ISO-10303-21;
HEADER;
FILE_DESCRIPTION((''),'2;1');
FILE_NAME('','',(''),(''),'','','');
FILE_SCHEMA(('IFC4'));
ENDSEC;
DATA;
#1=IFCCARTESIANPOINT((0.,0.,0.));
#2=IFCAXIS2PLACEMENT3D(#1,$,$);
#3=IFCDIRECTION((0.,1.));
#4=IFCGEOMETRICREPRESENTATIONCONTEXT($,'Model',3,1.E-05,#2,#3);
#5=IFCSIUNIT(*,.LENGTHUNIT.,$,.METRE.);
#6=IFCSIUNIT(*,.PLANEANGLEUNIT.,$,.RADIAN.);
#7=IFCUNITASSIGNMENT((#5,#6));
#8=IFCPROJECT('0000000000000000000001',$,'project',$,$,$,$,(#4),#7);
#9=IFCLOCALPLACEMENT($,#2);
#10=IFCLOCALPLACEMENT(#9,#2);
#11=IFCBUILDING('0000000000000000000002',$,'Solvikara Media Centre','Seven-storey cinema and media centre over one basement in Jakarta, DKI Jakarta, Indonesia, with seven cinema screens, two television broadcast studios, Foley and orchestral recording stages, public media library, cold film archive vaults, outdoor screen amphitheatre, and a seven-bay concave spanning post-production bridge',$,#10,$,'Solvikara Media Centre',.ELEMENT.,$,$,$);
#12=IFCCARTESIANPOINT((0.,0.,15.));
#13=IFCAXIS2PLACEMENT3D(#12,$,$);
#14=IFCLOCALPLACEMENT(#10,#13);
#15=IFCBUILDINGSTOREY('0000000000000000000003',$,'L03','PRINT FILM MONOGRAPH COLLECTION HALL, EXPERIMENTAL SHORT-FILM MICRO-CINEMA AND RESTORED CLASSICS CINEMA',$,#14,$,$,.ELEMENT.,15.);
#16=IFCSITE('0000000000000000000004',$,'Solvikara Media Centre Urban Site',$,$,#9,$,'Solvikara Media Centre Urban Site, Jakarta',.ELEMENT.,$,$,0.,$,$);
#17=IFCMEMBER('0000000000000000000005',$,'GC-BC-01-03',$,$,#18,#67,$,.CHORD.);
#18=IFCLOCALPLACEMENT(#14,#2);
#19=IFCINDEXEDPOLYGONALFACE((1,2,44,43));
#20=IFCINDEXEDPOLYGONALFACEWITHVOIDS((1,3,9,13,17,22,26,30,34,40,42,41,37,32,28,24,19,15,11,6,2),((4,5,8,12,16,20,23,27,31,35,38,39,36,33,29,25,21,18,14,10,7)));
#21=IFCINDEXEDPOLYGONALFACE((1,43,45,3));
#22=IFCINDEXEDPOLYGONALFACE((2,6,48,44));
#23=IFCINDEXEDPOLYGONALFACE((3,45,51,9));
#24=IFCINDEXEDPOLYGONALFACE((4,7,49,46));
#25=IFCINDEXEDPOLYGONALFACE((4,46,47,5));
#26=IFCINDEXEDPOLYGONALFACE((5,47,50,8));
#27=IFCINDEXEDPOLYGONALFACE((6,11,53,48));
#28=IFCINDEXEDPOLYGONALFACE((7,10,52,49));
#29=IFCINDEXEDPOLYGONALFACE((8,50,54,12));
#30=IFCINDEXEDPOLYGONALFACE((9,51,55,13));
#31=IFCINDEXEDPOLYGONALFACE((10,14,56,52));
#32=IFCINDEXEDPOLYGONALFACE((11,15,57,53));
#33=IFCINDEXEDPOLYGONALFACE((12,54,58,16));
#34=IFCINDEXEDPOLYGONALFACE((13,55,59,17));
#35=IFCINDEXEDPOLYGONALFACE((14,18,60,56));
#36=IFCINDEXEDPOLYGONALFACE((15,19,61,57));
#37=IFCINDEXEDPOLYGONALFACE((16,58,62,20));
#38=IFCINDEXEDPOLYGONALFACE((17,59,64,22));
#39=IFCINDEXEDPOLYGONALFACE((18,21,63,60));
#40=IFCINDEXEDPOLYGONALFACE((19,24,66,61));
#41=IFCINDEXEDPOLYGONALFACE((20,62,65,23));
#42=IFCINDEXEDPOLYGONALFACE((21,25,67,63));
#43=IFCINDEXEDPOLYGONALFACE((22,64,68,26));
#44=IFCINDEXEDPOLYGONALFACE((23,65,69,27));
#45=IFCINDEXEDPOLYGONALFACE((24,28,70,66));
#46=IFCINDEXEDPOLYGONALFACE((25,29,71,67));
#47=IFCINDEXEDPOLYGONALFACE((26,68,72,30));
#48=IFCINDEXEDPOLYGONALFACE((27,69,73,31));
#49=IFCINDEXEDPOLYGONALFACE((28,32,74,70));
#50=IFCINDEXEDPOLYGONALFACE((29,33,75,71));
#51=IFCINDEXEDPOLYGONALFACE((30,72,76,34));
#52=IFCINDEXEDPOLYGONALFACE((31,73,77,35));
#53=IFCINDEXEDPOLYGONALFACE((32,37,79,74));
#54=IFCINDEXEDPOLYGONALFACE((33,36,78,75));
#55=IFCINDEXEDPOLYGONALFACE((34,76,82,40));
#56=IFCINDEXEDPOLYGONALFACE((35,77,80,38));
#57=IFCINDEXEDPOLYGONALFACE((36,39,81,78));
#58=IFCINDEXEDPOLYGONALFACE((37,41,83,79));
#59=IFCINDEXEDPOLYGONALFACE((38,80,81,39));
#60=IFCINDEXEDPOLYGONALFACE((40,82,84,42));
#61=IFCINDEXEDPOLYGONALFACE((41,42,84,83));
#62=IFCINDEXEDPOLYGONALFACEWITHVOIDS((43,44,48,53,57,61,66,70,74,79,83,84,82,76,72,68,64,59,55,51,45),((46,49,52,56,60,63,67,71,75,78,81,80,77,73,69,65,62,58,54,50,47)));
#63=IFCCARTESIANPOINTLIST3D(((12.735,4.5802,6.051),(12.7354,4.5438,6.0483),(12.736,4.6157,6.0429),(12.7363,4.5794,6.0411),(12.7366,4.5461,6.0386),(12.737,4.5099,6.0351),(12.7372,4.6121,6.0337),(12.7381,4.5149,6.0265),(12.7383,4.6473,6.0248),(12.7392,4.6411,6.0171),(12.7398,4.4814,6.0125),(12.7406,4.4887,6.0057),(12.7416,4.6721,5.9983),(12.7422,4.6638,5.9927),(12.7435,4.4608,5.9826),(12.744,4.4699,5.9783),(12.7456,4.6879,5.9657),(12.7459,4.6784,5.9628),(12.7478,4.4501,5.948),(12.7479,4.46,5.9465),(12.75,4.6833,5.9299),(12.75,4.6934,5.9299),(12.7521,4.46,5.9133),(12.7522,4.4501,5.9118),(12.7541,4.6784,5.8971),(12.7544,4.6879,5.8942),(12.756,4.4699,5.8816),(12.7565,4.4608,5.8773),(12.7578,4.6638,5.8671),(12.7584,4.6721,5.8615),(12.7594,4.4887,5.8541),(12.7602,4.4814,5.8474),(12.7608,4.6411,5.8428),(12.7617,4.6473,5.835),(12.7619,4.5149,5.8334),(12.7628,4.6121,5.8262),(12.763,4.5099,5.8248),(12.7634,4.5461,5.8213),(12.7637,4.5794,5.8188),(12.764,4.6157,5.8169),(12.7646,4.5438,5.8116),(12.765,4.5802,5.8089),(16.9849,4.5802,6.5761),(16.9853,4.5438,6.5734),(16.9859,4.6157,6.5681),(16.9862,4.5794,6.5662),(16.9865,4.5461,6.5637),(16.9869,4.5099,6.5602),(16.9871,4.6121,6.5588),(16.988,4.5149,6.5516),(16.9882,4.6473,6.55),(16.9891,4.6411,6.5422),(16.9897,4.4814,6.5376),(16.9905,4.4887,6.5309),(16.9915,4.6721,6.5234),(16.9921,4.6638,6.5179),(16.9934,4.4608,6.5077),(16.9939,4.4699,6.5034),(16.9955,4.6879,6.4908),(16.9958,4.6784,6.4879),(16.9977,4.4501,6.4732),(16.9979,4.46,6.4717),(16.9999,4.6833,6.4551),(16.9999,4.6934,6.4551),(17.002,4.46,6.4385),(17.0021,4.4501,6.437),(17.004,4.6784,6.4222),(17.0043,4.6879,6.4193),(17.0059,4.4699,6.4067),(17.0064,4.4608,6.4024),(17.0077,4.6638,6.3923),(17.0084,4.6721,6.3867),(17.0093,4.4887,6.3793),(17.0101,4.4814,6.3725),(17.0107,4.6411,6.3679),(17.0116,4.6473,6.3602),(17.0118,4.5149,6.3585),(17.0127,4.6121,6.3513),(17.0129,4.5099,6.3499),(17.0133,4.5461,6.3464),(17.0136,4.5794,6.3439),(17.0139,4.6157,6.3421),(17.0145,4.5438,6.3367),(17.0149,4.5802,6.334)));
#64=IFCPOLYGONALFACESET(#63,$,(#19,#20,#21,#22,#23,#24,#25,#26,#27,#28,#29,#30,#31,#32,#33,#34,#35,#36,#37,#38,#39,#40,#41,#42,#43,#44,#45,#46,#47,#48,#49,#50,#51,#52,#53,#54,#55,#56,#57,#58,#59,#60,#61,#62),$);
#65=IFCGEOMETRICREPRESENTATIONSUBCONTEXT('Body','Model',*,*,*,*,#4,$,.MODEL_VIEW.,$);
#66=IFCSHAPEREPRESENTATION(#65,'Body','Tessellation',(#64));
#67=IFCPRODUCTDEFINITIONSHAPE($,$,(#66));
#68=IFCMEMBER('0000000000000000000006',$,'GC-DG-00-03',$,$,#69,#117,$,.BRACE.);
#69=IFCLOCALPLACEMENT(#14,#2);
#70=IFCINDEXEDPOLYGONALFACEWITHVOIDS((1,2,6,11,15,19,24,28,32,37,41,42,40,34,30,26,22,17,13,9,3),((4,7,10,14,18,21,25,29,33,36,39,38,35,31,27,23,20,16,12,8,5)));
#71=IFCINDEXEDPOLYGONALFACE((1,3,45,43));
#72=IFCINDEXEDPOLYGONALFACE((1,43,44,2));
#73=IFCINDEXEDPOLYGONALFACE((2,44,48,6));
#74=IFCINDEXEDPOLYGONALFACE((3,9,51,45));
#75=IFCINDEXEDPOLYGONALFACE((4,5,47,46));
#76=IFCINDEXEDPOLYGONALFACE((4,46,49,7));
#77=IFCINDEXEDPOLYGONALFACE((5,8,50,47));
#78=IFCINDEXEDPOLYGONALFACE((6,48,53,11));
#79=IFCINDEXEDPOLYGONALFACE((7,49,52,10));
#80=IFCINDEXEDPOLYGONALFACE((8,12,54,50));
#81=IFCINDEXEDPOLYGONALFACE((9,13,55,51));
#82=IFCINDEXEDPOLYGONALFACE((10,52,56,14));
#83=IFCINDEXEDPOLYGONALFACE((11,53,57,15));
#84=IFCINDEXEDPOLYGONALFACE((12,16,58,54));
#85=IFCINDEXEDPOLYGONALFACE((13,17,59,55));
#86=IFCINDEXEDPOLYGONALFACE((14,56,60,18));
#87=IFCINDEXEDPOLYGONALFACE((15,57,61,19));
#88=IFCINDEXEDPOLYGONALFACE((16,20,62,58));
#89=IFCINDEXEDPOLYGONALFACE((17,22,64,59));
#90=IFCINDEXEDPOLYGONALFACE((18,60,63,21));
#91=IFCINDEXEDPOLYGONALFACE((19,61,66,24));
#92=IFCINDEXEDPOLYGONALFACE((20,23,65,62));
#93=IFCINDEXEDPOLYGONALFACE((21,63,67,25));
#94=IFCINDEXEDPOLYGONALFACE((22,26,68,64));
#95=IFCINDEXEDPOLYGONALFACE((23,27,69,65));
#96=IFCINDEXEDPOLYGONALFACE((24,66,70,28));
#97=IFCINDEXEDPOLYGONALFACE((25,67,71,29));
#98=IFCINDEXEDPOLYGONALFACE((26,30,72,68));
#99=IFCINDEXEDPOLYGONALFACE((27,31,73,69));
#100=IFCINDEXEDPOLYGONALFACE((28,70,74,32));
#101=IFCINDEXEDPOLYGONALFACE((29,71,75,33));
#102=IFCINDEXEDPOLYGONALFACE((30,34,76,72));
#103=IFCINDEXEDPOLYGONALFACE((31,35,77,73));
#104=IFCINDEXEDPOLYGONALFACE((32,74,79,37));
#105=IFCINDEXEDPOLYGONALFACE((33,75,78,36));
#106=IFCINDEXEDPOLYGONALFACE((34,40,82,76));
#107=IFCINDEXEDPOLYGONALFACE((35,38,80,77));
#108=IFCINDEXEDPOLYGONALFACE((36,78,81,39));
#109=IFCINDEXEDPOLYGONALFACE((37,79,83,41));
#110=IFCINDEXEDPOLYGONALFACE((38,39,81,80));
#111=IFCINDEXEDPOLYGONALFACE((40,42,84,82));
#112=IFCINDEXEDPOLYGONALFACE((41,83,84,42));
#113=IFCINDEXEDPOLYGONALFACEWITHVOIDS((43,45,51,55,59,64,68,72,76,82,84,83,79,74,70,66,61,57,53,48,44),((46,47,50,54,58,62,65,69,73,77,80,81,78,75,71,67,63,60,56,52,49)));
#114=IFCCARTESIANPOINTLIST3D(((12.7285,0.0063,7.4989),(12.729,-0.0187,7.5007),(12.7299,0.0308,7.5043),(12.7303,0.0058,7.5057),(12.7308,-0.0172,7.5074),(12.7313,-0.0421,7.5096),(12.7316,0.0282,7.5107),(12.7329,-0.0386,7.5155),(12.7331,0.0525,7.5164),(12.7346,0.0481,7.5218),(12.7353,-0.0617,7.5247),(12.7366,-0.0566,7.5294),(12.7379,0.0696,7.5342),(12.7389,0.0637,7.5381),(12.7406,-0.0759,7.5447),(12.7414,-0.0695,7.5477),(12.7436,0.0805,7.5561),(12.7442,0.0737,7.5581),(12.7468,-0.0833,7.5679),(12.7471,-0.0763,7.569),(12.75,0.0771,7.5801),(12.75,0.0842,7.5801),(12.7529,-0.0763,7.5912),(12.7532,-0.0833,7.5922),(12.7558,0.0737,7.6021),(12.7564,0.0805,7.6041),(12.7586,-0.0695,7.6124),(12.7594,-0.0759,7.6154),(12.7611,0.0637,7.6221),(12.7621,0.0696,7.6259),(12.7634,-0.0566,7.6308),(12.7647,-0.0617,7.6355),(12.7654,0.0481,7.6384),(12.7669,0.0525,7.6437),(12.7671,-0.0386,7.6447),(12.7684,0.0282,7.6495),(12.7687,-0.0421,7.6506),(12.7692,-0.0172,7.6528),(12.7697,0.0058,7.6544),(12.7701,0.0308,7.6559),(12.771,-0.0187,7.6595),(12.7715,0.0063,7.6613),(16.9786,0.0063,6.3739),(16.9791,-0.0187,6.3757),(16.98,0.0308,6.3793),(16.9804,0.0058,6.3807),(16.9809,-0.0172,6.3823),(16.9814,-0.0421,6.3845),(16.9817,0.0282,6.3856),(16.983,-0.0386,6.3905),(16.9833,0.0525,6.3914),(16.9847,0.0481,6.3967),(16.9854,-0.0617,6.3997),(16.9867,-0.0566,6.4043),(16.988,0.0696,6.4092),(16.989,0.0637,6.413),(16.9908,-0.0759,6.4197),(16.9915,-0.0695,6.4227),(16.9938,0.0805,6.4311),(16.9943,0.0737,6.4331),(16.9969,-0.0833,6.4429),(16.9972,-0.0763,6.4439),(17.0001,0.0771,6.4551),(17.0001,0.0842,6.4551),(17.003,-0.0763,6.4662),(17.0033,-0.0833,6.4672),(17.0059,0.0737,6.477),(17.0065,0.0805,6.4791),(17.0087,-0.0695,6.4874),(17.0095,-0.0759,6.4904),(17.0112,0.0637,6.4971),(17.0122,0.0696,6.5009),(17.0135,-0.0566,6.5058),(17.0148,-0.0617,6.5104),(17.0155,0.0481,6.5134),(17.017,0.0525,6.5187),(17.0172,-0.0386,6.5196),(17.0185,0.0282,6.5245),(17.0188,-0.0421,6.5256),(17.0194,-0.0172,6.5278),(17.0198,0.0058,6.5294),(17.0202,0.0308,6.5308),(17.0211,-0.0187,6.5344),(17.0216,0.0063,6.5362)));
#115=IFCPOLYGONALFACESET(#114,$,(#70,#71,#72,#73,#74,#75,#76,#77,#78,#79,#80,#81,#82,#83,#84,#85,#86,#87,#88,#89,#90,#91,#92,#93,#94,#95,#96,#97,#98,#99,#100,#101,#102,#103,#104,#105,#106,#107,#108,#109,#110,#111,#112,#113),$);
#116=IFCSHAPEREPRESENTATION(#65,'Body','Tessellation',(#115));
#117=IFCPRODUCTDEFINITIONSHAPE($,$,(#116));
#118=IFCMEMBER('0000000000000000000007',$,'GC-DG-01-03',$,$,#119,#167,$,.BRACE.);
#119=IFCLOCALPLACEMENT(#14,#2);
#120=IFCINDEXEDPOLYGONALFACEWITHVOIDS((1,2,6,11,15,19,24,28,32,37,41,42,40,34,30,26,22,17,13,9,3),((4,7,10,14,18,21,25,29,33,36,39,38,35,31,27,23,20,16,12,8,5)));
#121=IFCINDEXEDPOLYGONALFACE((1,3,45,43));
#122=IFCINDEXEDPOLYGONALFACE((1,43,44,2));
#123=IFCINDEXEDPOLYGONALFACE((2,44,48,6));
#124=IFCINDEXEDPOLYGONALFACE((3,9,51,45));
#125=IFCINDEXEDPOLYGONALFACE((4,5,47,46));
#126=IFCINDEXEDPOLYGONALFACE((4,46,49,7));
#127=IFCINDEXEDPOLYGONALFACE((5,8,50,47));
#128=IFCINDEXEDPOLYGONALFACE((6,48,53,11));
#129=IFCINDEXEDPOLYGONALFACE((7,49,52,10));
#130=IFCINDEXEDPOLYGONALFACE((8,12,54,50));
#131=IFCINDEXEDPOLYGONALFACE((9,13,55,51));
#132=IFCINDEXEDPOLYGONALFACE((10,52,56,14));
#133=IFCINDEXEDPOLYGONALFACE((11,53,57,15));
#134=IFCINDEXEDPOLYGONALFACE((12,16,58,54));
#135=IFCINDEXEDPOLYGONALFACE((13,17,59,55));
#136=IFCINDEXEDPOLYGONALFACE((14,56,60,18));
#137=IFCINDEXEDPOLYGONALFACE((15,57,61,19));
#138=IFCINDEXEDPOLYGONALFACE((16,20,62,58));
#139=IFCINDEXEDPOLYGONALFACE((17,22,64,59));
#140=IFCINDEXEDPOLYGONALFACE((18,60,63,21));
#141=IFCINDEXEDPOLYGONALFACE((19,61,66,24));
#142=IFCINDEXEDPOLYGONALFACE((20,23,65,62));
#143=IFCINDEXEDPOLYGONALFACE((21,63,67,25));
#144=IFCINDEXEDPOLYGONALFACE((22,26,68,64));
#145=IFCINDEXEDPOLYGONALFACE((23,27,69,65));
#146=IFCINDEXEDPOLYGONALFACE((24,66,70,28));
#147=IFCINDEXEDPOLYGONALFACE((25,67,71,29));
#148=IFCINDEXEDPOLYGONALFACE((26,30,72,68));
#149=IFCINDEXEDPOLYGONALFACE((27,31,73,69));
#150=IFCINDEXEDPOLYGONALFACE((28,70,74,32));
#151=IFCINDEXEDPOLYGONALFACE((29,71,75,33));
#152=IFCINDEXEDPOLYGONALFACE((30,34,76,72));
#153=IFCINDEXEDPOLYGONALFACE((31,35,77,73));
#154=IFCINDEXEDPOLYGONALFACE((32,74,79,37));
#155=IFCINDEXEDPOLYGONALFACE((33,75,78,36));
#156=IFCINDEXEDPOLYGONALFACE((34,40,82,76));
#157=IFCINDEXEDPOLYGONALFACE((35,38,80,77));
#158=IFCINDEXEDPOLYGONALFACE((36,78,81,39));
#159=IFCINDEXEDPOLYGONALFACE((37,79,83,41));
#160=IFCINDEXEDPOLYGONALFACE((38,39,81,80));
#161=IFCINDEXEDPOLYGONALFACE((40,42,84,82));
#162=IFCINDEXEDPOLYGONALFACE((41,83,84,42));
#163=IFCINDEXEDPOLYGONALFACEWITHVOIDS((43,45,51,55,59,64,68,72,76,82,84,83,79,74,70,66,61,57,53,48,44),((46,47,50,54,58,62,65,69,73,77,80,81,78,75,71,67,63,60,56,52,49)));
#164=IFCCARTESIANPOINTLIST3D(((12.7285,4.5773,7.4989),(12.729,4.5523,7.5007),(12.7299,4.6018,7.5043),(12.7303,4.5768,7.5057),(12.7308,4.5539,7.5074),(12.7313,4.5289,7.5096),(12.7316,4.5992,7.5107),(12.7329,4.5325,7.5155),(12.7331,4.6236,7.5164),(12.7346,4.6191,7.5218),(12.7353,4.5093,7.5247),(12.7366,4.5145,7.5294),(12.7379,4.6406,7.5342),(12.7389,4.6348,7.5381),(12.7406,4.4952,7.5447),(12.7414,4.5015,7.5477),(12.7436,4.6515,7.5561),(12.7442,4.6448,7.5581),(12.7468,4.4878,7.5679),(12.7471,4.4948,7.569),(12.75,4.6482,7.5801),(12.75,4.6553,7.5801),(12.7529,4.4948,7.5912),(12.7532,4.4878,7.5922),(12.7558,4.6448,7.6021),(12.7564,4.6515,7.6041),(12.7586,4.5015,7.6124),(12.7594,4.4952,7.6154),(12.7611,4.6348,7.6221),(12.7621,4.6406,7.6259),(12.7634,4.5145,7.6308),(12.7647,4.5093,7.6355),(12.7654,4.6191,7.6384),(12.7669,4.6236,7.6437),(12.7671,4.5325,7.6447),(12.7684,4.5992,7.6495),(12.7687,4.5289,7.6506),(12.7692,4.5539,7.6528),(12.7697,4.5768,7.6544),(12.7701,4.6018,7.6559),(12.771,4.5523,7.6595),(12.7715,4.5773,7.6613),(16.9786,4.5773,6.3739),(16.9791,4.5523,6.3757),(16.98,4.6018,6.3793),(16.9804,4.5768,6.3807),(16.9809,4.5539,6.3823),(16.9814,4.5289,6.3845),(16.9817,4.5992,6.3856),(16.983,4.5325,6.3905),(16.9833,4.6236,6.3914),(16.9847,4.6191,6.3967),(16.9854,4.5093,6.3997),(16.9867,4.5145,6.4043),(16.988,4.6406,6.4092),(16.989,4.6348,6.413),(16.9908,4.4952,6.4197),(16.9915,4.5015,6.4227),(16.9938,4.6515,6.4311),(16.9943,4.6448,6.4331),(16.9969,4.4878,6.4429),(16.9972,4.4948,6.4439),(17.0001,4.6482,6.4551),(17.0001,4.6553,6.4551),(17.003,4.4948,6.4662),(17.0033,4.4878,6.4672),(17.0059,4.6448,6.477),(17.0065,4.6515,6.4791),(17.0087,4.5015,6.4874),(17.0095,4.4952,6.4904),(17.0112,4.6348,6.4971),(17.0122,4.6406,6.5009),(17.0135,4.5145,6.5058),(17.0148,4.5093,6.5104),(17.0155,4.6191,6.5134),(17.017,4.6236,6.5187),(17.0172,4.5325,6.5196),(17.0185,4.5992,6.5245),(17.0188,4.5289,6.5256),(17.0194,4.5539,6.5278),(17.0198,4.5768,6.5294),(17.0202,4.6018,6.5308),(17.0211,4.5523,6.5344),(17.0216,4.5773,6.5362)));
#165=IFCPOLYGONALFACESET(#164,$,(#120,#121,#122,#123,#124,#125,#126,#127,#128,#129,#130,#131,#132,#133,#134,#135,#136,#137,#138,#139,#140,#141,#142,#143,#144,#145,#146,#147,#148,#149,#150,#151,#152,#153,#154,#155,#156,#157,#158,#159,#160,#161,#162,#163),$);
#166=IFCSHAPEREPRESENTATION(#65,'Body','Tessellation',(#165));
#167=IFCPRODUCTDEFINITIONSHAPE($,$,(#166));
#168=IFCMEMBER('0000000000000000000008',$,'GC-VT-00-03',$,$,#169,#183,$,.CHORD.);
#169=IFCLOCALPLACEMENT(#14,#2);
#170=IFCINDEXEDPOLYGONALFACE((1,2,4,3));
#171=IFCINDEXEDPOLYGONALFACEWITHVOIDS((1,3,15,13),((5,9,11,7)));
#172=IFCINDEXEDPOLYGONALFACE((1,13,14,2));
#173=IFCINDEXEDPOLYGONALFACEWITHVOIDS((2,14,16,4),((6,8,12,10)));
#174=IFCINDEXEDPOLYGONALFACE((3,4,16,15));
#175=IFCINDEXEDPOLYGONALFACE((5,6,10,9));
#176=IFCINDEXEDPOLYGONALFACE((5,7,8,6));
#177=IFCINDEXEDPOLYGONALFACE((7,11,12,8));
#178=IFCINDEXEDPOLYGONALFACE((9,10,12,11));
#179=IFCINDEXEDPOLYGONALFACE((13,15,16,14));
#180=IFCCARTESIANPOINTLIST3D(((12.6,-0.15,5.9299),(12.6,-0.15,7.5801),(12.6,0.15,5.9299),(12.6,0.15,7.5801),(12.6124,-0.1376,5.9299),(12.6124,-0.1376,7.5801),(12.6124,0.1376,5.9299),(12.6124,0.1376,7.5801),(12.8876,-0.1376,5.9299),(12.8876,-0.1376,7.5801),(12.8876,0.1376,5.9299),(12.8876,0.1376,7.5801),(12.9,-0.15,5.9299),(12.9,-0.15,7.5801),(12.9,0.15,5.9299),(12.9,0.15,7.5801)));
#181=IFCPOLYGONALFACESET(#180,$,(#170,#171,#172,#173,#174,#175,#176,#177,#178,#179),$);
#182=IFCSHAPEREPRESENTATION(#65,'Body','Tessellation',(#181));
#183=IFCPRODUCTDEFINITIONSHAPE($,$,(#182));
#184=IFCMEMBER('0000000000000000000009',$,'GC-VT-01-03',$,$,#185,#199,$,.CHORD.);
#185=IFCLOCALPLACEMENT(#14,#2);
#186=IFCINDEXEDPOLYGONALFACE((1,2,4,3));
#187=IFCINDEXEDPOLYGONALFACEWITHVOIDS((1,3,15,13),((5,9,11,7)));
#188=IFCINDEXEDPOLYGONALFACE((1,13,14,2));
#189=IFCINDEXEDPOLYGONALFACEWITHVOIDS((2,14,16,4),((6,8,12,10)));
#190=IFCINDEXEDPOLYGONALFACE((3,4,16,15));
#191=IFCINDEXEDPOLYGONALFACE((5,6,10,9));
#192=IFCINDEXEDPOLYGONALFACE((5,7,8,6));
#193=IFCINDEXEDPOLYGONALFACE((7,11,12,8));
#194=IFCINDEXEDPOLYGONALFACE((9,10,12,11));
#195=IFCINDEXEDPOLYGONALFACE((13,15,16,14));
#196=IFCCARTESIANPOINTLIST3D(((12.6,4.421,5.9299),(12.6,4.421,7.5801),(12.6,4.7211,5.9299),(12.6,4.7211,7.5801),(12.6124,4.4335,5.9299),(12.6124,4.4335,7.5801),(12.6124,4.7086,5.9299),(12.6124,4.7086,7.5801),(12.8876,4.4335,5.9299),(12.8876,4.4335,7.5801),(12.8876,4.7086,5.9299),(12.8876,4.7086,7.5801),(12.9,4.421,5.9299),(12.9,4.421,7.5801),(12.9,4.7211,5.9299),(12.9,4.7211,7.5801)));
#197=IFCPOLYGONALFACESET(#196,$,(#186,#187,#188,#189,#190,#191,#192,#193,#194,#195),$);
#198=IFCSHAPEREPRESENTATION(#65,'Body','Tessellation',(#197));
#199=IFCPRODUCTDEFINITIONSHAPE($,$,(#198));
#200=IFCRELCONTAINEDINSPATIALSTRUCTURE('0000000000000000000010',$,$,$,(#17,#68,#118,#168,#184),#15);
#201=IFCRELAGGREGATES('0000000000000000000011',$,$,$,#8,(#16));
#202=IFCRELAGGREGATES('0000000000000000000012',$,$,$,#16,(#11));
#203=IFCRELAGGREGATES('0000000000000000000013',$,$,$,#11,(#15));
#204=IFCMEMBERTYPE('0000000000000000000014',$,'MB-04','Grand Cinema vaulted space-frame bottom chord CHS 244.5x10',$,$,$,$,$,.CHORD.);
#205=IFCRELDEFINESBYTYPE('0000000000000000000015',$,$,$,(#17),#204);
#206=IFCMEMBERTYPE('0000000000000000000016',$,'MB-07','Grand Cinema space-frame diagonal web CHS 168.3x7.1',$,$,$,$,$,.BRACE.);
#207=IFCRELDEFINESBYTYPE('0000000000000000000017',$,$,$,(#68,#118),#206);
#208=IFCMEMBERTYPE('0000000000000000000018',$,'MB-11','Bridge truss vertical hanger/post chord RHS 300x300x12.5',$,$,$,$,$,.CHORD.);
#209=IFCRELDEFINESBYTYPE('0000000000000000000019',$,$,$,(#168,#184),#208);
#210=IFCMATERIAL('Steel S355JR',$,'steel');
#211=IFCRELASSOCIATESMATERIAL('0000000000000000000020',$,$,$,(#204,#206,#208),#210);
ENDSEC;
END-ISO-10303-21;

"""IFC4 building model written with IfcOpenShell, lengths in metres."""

from ifc_helpers import new_model, si_unit, direction, frame, origin, origin_2d, place, context, subcontext, project, spatial, hollow_rectangle, hollow_circle, extrude, material, material_profile, profile_set, type_object, element, save


model = new_model("IFC4")

# Units and contexts
model_context = context("Model", 3, precision=1e-05, world=origin(), true_north=direction((0.0, 1.0)))
body_context = subcontext(model_context, "Body", "Model", "MODEL_VIEW")
ifc_project = project(units=[si_unit("LENGTHUNIT", "METRE"), si_unit("PLANEANGLEUNIT", "RADIAN")], contexts=[model_context])

# Site, building, storey
site_placement = place(None, origin())
site = spatial("IfcSite", under=ifc_project, at=site_placement, Name="Solvikara Media Centre Urban Site", LongName="Solvikara Media Centre Urban Site, Jakarta", CompositionType="ELEMENT", RefElevation=0.0)
building_placement = place(site_placement, origin())
building = spatial("IfcBuilding", under=site, at=building_placement, Name="Solvikara Media Centre", Description="Seven-storey cinema and media centre over one basement in Jakarta, DKI Jakarta, Indonesia, with seven cinema screens, two television broadcast studios, Foley and orchestral recording stages, public media library, cold film archive vaults, outdoor screen amphitheatre, and a seven-bay concave spanning post-production bridge", LongName="Solvikara Media Centre", CompositionType="ELEMENT")
storey_placement = place(building_placement, frame((0.0, 0.0, 15.0)))
storey = spatial("IfcBuildingStorey", under=building, at=storey_placement, Name="L03", Description="PRINT FILM MONOGRAPH COLLECTION HALL, EXPERIMENTAL SHORT-FILM MICRO-CINEMA AND RESTORED CLASSICS CINEMA", CompositionType="ELEMENT", Elevation=15.0)

# Members
ifc_material_1 = material(Name="Steel S355JR", Category="steel")
ifc_material_profile_1 = material_profile(ifc_material_1, hollow_circle(Radius=0.1223, WallThickness=0.01, at=origin_2d()), Name="CHS 244.5x10")
ifc_profile_set_1 = profile_set([ifc_material_profile_1], Name="Steel S355JR")
member_type_1 = type_object("IfcMemberType", Name="MB-04", Description="Grand Cinema vaulted space-frame bottom chord CHS 244.5x10", PredefinedType="CHORD", material=ifc_profile_set_1)
for number, where, z_axis, x_axis, name in (
    (1, (12.75, 4.571, 5.9299), (0.992452, 0.0, 0.122631), (0.0, 1.0, 0.0), "GC-BC-01-03"),
):
    element("IfcMember", number, at=place(storey_placement, frame(where, z_axis=z_axis, x_axis=x_axis)), inside=storey, type_object=member_type_1, Name=name, PredefinedType="CHORD", context=body_context, shape_type="SweptSolid", body=[
        extrude(hollow_circle(Radius=0.1223, WallThickness=0.01, at=origin_2d()), origin(), (0.0, 0.0, 1.0), 4.2822),
    ])
ifc_material_profile_2 = material_profile(ifc_material_1, hollow_circle(Radius=0.0842, WallThickness=0.0071, at=origin_2d()), Name="CHS 168.3x7.1")
ifc_profile_set_2 = profile_set([ifc_material_profile_2], Name="Steel S355JR")
member_type_2 = type_object("IfcMemberType", Name="MB-07", Description="Grand Cinema space-frame diagonal web CHS 168.3x7.1", PredefinedType="BRACE", material=ifc_profile_set_2)
for number, where, z_axis, x_axis, name in (
    (2, (12.75, 0.0, 7.5801), (0.966705, 0.0, -0.255893), (0.0, 1.0, 0.0), "GC-DG-00-03"),
    (3, (12.75, 4.571, 7.5801), (0.966705, 0.0, -0.255893), (0.0, 1.0, 0.0), "GC-DG-01-03"),
):
    element("IfcMember", number, at=place(storey_placement, frame(where, z_axis=z_axis, x_axis=x_axis)), inside=storey, type_object=member_type_2, Name=name, PredefinedType="BRACE", context=body_context, shape_type="SweptSolid", body=[
        extrude(hollow_circle(Radius=0.0842, WallThickness=0.0071, at=origin_2d()), origin(), (0.0, 0.0, 1.0), 4.3965),
    ])
ifc_material_profile_3 = material_profile(ifc_material_1, hollow_rectangle(XDim=0.3, YDim=0.3, WallThickness=0.0125, at=origin_2d()), Name="RHS 300x300x12.5")
ifc_profile_set_3 = profile_set([ifc_material_profile_3], Name="Steel S355JR")
member_type_3 = type_object("IfcMemberType", Name="MB-11", Description="Bridge truss vertical hanger/post chord RHS 300x300x12.5", PredefinedType="CHORD", material=ifc_profile_set_3)
for number, where, z_axis, x_axis, name in (
    (4, (12.75, 0.0, 5.9299), (0.0, 0.0, 1.0), (1.0, 0.0, 0.0), "GC-VT-00-03"),
    (5, (12.75, 4.571, 5.9299), (0.0, 0.0, 1.0), (1.0, 0.0, 0.0), "GC-VT-01-03"),
):
    element("IfcMember", number, at=place(storey_placement, frame(where, z_axis=z_axis, x_axis=x_axis)), inside=storey, type_object=member_type_3, Name=name, PredefinedType="CHORD", context=body_context, shape_type="SweptSolid", body=[
        extrude(hollow_rectangle(XDim=0.3, YDim=0.3, WallThickness=0.0125, at=origin_2d()), origin(), (0.0, 0.0, 1.0), 1.6501),
    ])

save(model, "model.ifc")
